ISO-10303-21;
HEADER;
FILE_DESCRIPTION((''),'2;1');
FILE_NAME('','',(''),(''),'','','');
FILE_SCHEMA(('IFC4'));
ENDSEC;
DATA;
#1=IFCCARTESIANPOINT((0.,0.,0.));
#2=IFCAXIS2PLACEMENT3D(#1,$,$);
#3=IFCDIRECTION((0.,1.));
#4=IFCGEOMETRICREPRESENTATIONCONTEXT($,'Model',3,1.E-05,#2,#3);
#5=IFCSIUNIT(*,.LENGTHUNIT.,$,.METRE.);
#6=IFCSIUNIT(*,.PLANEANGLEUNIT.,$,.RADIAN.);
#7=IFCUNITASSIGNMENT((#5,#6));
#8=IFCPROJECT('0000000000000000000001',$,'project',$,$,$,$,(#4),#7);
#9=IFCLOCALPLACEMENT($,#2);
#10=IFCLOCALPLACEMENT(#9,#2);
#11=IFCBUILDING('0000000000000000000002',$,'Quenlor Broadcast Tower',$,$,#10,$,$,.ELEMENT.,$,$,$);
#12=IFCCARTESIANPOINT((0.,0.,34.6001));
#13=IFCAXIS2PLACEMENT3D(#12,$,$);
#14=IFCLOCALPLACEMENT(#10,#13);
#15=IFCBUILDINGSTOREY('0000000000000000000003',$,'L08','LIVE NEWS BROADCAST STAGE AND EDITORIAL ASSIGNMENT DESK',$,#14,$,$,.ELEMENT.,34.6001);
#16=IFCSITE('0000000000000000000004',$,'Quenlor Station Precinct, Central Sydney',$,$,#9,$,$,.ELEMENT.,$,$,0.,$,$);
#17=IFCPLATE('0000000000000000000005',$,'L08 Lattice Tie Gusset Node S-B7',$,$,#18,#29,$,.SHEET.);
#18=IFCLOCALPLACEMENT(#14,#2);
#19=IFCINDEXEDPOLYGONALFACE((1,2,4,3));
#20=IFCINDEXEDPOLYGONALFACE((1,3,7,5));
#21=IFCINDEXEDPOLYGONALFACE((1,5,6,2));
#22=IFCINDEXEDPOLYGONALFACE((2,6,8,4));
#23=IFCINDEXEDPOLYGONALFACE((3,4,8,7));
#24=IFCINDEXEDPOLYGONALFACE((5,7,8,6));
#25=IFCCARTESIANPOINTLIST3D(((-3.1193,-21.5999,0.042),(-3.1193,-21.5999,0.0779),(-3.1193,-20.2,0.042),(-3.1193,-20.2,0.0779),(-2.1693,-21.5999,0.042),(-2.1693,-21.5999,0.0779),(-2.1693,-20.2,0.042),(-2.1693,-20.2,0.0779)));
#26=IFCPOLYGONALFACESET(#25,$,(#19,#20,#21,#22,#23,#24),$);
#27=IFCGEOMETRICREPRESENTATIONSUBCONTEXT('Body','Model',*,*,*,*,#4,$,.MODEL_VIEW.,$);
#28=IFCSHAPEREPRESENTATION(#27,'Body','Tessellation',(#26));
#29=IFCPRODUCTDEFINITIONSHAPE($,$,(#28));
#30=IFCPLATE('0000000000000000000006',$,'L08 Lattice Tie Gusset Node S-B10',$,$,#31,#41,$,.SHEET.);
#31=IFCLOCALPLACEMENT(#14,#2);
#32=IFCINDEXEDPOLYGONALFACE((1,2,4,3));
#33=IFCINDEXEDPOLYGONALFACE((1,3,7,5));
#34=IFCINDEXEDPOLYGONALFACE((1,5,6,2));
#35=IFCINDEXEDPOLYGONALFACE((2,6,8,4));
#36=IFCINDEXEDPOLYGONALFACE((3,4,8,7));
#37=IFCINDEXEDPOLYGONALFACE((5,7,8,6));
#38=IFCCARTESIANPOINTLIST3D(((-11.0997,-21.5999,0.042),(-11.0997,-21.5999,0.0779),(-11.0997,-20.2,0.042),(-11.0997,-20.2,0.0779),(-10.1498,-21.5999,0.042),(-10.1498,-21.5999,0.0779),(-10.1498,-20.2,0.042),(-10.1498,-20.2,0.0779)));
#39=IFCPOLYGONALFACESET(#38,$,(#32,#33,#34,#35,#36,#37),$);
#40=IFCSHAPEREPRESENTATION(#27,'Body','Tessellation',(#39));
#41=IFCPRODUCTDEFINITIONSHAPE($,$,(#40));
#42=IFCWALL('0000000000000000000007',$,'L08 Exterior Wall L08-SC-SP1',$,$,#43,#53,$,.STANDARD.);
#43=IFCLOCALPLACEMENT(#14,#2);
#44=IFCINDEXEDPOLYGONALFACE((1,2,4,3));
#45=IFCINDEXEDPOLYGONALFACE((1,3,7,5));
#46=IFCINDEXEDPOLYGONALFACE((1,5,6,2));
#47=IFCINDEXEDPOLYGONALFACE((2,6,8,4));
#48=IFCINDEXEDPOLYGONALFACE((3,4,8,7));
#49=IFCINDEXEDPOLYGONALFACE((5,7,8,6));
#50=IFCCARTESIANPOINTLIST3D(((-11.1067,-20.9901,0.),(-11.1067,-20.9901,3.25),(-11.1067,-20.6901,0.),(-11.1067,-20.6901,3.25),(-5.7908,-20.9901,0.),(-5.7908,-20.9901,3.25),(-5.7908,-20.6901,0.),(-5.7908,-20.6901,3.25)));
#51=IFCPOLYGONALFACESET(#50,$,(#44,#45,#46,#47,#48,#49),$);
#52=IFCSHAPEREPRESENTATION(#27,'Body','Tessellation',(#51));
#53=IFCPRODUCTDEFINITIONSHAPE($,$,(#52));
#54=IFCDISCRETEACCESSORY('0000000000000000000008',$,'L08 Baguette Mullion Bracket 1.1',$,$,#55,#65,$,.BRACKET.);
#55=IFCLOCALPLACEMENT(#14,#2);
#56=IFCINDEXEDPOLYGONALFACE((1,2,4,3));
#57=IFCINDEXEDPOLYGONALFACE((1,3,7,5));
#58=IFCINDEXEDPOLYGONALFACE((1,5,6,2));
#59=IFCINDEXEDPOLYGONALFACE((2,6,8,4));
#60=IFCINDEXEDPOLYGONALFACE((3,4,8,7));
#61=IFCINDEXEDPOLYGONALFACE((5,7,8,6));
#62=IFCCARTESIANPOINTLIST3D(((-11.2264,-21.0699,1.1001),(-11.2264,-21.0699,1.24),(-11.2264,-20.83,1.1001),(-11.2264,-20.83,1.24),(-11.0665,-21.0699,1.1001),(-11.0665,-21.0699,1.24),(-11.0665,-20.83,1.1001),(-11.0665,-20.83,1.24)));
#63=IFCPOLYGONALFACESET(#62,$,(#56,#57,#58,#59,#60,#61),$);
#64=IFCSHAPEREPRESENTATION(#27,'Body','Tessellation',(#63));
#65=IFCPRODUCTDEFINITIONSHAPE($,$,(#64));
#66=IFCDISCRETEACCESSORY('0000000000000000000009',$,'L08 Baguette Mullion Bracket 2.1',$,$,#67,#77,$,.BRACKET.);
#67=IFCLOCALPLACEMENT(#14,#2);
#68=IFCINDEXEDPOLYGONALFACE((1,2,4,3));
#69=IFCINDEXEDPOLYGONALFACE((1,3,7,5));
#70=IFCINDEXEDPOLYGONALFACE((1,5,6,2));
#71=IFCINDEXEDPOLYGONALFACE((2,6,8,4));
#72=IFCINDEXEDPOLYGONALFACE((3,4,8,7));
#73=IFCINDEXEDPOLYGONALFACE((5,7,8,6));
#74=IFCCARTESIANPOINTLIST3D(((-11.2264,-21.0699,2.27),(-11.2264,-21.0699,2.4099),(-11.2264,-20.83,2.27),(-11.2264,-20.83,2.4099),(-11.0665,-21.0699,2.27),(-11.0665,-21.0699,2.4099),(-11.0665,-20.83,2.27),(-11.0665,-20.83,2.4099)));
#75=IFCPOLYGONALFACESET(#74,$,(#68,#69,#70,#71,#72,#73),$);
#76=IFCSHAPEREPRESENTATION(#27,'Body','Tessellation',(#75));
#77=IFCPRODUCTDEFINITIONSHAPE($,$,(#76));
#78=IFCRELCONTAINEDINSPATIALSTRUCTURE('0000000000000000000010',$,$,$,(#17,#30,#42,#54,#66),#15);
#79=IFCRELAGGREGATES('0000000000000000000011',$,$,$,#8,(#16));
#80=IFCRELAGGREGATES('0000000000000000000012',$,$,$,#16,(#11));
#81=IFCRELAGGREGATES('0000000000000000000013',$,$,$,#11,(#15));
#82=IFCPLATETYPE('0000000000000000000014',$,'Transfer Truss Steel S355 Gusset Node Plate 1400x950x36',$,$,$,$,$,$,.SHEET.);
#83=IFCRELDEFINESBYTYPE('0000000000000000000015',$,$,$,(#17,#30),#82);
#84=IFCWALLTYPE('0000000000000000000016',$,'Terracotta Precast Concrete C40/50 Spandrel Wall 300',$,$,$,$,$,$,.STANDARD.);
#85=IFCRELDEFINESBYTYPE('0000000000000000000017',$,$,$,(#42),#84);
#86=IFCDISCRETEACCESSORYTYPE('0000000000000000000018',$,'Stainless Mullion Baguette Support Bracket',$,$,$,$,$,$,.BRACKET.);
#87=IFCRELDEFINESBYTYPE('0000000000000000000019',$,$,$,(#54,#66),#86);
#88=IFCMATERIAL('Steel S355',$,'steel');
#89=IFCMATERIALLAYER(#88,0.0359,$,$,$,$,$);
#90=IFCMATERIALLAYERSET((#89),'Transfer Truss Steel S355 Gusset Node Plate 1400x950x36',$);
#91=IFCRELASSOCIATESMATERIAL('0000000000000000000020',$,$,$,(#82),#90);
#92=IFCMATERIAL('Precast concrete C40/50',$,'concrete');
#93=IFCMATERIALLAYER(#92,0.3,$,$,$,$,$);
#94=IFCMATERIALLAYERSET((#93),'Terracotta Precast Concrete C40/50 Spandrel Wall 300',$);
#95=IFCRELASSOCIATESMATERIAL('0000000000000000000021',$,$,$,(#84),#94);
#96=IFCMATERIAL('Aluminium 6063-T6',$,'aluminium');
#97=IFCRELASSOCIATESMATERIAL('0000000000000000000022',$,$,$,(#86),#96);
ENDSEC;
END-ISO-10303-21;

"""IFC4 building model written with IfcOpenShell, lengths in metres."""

from ifc_helpers import new_model, si_unit, direction, frame, frame_2d, origin, origin_2d, place, context, subcontext, project, spatial, rectangle, extrude, material, layer, layer_set, type_object, element, save


model = new_model("IFC4")

# Units and contexts
model_context = context("Model", 3, precision=1e-05, world=origin(), true_north=direction((0.0, 1.0)))
body_context = subcontext(model_context, "Body", "Model", "MODEL_VIEW")
ifc_project = project(units=[si_unit("LENGTHUNIT", "METRE"), si_unit("PLANEANGLEUNIT", "RADIAN")], contexts=[model_context])

# Site, building, storey
site_placement = place(None, origin())
site = spatial("IfcSite", under=ifc_project, at=site_placement, Name="Quenlor Station Precinct, Central Sydney", CompositionType="ELEMENT", RefElevation=0.0)
building_placement = place(site_placement, origin())
building = spatial("IfcBuilding", under=site, at=building_placement, Name="Quenlor Broadcast Tower", CompositionType="ELEMENT")
storey_placement = place(building_placement, frame((0.0, 0.0, 34.6001)))
storey = spatial("IfcBuildingStorey", under=building, at=storey_placement, Name="L08", Description="LIVE NEWS BROADCAST STAGE AND EDITORIAL ASSIGNMENT DESK", CompositionType="ELEMENT", Elevation=34.6001)

# Plates
ifc_material_1 = material(Name="Steel S355", Category="steel")
ifc_layer_1 = layer(ifc_material_1, 0.0359)
ifc_layer_set_1 = layer_set([ifc_layer_1], Name="Transfer Truss Steel S355 Gusset Node Plate 1400x950x36")
plate_type_1 = type_object("IfcPlateType", Name="Transfer Truss Steel S355 Gusset Node Plate 1400x950x36", PredefinedType="SHEET", material=ifc_layer_set_1)
for number, where, z_axis, x_axis, name in (
    (1, (-2.6443, -20.8999, 0.042), (0.0, 0.0, 1.0), (0.0, -1.0, 0.0), "L08 Lattice Tie Gusset Node S-B7"),
    (2, (-10.6248, -20.8999, 0.042), (0.0, 0.0, 1.0), (0.0, -1.0, 0.0), "L08 Lattice Tie Gusset Node S-B10"),
):
    element("IfcPlate", number, at=place(storey_placement, frame(where, z_axis=z_axis, x_axis=x_axis)), inside=storey, type_object=plate_type_1, Name=name, PredefinedType="SHEET", context=body_context, shape_type="SweptSolid", body=[
        extrude(rectangle(XDim=1.3999, YDim=0.95, at=origin_2d()), origin(), (0.0, 0.0, 1.0), 0.0359),
    ])

# Wall
ifc_material_2 = material(Name="Precast concrete C40/50", Category="concrete")
ifc_layer_2 = layer(ifc_material_2, 0.3)
ifc_layer_set_2 = layer_set([ifc_layer_2], Name="Terracotta Precast Concrete C40/50 Spandrel Wall 300")
wall_type = type_object("IfcWallType", Name="Terracotta Precast Concrete C40/50 Spandrel Wall 300", PredefinedType="STANDARD", material=ifc_layer_set_2)
wall_placement = place(storey_placement, frame((-5.7908, -20.8401, 0.0), z_axis=(0.0, 0.0, 1.0), x_axis=(-1.0, 0.0, 0.0)))
element("IfcWall", 3, at=wall_placement, inside=storey, type_object=wall_type, Name="L08 Exterior Wall L08-SC-SP1", PredefinedType="STANDARD", context=body_context, shape_type="SweptSolid", body=[
    extrude(rectangle(XDim=5.3159, YDim=0.3, at=frame_2d((2.658, 0.0))), origin(), (0.0, 0.0, 1.0), 3.25),
])

# Discrete accessories
ifc_material_3 = material(Name="Aluminium 6063-T6", Category="aluminium")
discrete_accessory_type = type_object("IfcDiscreteAccessoryType", Name="Stainless Mullion Baguette Support Bracket", PredefinedType="BRACKET", material=ifc_material_3)
for number, where, z_axis, x_axis, name in (
    (4, (-11.1465, -20.95, 1.1001), (0.0, 0.0, 1.0), (-1.0, 0.0, 0.0), "L08 Baguette Mullion Bracket 1.1"),
    (5, (-11.1465, -20.95, 2.27), (0.0, 0.0, 1.0), (-1.0, 0.0, 0.0), "L08 Baguette Mullion Bracket 2.1"),
):
    element("IfcDiscreteAccessory", number, at=place(storey_placement, frame(where, z_axis=z_axis, x_axis=x_axis)), inside=storey, type_object=discrete_accessory_type, Name=name, PredefinedType="BRACKET", context=body_context, shape_type="SweptSolid", body=[
        extrude(rectangle(XDim=0.1599, YDim=0.24, at=origin_2d()), origin(), (0.0, 0.0, 1.0), 0.1399),
    ])

save(model, "model.ifc")
